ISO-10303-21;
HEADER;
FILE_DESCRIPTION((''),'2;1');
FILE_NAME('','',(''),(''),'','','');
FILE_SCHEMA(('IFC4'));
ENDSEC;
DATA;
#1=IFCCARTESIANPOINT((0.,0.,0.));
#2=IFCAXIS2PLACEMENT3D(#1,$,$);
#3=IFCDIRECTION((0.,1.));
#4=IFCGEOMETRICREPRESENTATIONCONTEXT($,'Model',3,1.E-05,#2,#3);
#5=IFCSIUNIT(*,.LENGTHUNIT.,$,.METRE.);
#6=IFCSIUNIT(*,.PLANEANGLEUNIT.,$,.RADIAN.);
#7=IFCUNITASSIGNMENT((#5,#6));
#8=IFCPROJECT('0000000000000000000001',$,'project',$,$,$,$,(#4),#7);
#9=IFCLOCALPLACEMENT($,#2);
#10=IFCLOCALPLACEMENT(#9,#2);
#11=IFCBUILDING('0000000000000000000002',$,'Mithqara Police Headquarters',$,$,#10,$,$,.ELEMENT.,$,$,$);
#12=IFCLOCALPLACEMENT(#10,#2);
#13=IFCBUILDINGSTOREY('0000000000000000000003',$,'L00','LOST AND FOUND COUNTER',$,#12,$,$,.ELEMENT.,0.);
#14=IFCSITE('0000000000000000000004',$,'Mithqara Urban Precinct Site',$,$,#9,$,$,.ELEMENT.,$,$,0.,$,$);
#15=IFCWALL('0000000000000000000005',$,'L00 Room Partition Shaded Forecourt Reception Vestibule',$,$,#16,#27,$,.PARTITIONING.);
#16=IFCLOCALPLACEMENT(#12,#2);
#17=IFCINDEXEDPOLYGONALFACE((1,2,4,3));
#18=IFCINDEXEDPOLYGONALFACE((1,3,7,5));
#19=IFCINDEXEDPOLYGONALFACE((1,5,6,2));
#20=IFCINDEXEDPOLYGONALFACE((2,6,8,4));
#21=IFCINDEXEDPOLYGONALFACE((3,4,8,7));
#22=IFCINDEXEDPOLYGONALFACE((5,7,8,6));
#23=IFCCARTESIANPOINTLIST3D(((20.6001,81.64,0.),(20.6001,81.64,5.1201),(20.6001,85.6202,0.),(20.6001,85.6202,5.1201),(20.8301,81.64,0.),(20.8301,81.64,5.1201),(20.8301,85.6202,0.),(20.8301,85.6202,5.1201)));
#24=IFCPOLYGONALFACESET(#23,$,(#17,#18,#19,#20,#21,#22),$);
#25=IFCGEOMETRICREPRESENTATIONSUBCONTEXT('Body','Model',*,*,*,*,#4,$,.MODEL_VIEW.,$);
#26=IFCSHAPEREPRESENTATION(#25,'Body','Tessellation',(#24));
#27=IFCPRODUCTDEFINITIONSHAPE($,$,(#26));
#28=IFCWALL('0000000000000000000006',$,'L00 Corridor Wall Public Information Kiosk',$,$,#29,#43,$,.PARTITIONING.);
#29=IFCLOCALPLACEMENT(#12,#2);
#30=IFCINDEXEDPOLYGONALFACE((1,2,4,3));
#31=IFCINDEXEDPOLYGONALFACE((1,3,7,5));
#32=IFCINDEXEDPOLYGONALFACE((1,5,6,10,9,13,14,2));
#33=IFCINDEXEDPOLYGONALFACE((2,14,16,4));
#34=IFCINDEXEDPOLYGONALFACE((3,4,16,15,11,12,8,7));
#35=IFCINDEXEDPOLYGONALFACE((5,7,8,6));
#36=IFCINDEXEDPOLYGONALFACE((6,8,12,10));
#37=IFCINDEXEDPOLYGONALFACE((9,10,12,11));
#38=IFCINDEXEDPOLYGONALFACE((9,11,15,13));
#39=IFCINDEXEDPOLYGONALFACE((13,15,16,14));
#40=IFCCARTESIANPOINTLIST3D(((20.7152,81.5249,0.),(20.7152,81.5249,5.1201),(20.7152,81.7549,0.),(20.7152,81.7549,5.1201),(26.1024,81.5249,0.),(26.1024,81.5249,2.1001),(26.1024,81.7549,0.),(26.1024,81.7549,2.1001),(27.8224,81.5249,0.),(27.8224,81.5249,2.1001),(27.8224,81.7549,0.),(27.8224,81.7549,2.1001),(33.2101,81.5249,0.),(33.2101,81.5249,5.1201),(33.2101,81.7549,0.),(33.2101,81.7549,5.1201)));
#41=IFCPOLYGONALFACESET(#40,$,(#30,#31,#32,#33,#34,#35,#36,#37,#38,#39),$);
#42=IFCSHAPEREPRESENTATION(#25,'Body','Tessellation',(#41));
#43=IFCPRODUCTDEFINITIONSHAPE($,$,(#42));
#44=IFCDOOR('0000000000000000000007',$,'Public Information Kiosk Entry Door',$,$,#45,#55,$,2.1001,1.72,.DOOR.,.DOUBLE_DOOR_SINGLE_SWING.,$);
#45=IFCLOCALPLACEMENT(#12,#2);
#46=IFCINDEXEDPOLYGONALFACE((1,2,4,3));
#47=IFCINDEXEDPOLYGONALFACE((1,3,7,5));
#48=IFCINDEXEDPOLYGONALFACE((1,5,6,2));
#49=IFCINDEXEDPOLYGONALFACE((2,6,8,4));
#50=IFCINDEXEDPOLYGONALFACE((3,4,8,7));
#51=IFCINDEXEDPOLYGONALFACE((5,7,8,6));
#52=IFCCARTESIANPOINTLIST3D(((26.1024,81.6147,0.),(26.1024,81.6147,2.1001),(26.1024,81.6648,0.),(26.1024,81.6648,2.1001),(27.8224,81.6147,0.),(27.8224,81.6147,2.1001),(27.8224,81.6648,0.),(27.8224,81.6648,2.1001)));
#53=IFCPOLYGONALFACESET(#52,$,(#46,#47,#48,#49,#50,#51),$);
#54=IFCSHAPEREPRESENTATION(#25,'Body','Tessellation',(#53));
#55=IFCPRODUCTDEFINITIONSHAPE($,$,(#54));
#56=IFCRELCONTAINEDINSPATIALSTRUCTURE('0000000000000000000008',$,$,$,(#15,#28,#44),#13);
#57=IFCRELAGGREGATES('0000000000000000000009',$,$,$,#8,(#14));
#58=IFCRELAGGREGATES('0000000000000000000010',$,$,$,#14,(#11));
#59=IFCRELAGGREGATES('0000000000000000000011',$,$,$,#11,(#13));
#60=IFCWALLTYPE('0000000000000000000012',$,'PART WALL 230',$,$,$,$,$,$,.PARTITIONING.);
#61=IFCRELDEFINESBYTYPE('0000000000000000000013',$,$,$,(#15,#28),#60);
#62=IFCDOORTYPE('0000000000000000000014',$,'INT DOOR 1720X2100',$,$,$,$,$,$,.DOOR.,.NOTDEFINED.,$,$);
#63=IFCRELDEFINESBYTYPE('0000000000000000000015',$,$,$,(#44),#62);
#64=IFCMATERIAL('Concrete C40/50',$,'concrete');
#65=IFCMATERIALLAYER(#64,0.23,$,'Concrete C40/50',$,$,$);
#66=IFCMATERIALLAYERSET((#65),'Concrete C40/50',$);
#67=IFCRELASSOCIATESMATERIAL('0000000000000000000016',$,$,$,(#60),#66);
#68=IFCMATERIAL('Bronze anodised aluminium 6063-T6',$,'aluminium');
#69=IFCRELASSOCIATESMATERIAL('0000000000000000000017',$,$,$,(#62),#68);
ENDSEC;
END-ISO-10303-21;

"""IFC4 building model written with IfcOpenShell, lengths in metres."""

from ifc_helpers import new_model, si_unit, direction, frame, frame_2d, origin, place, context, subcontext, project, spatial, rectangle, extrude, material, layer, layer_set, type_object, element, fill, save


model = new_model("IFC4")

# Units and contexts
model_context = context("Model", 3, precision=1e-05, world=origin(), true_north=direction((0.0, 1.0)))
body_context = subcontext(model_context, "Body", "Model", "MODEL_VIEW")
ifc_project = project(units=[si_unit("LENGTHUNIT", "METRE"), si_unit("PLANEANGLEUNIT", "RADIAN")], contexts=[model_context])

# Site, building, storey
site_placement = place(None, origin())
site = spatial("IfcSite", under=ifc_project, at=site_placement, Name="Mithqara Urban Precinct Site", CompositionType="ELEMENT", RefElevation=0.0)
building_placement = place(site_placement, origin())
building = spatial("IfcBuilding", under=site, at=building_placement, Name="Mithqara Police Headquarters", CompositionType="ELEMENT")
storey_placement = place(building_placement, origin())
storey = spatial("IfcBuildingStorey", under=building, at=storey_placement, Name="L00", Description="LOST AND FOUND COUNTER", CompositionType="ELEMENT", Elevation=0.0)

# Shared definitions
ifc_material_1 = material(Name="Concrete C40/50", Category="concrete")

# Shared definitions
ifc_material_2 = material(Name="Bronze anodised aluminium 6063-T6", Category="aluminium")

# Wall
ifc_layer_1 = layer(ifc_material_1, 0.23, Name="Concrete C40/50")
ifc_layer_set_1 = layer_set([ifc_layer_1], Name="Concrete C40/50")
wall_type_1 = type_object("IfcWallType", Name="PART WALL 230", PredefinedType="PARTITIONING", material=ifc_layer_set_1)
wall_1_placement = place(storey_placement, frame((20.7151, 81.6399, 0.0), z_axis=(0.0, 0.0, 1.0), x_axis=(0.0, 1.0, 0.0)))
element("IfcWall", 1, at=wall_1_placement, inside=storey, type_object=wall_type_1, Name="L00 Room Partition Shaded Forecourt Reception Vestibule", PredefinedType="PARTITIONING", context=body_context, shape_type="SweptSolid", body=[
    extrude(rectangle(XDim=3.9802, YDim=0.23, at=frame_2d((1.9902, 0.0))), origin(), (0.0, 0.0, 1.0), 5.1201),
])

# Wall, opening, door
wall_2_placement = place(storey_placement, frame((20.7151, 81.6399, 0.0), z_axis=(0.0, 0.0, 1.0), x_axis=(1.0, 0.0, 0.0)))
wall_2 = element("IfcWall", 2, at=wall_2_placement, inside=storey, type_object=wall_type_1, Name="L00 Corridor Wall Public Information Kiosk", PredefinedType="PARTITIONING", context=body_context, shape_type="SweptSolid", body=[
    extrude(rectangle(XDim=12.4949, YDim=0.23, at=frame_2d((6.2476, 0.0))), origin(), (0.0, 0.0, 1.0), 5.1201),
])
opening_placement = place(wall_2_placement, frame((5.3875, 0.0, 0.0)))
opening = element("IfcOpeningElement", 3, at=opening_placement, cuts=wall_2, PredefinedType="OPENING", context=body_context, shape_type="SweptSolid", body=[
    extrude(rectangle(XDim=1.72, YDim=2.1001, at=frame_2d((0.8599, 1.05))), frame((0.0, 0.125, 0.0), z_axis=(0.0, -1.0, 0.0), x_axis=(1.0, 0.0, 0.0)), (0.0, 0.0, 1.0), 0.25),
])
door_type = type_object("IfcDoorType", Name="INT DOOR 1720X2100", OperationType="NOTDEFINED", PredefinedType="DOOR", material=ifc_material_2)
door_placement = place(opening_placement, origin())
door = element("IfcDoor", 4, at=door_placement, inside=storey, type_object=door_type, Name="Public Information Kiosk Entry Door", OperationType="DOUBLE_DOOR_SINGLE_SWING", OverallHeight=2.1001, OverallWidth=1.72, PredefinedType="DOOR", context=body_context, shape_type="SweptSolid", body=[
    extrude(rectangle(XDim=1.72, YDim=2.1001, at=frame_2d((0.8599, 1.05))), frame((0.0, 0.0249, 0.0), z_axis=(0.0, -1.0, 0.0), x_axis=(1.0, 0.0, 0.0)), (0.0, 0.0, 1.0), 0.05),
])
fill(opening, door)

save(model, "model.ifc")
